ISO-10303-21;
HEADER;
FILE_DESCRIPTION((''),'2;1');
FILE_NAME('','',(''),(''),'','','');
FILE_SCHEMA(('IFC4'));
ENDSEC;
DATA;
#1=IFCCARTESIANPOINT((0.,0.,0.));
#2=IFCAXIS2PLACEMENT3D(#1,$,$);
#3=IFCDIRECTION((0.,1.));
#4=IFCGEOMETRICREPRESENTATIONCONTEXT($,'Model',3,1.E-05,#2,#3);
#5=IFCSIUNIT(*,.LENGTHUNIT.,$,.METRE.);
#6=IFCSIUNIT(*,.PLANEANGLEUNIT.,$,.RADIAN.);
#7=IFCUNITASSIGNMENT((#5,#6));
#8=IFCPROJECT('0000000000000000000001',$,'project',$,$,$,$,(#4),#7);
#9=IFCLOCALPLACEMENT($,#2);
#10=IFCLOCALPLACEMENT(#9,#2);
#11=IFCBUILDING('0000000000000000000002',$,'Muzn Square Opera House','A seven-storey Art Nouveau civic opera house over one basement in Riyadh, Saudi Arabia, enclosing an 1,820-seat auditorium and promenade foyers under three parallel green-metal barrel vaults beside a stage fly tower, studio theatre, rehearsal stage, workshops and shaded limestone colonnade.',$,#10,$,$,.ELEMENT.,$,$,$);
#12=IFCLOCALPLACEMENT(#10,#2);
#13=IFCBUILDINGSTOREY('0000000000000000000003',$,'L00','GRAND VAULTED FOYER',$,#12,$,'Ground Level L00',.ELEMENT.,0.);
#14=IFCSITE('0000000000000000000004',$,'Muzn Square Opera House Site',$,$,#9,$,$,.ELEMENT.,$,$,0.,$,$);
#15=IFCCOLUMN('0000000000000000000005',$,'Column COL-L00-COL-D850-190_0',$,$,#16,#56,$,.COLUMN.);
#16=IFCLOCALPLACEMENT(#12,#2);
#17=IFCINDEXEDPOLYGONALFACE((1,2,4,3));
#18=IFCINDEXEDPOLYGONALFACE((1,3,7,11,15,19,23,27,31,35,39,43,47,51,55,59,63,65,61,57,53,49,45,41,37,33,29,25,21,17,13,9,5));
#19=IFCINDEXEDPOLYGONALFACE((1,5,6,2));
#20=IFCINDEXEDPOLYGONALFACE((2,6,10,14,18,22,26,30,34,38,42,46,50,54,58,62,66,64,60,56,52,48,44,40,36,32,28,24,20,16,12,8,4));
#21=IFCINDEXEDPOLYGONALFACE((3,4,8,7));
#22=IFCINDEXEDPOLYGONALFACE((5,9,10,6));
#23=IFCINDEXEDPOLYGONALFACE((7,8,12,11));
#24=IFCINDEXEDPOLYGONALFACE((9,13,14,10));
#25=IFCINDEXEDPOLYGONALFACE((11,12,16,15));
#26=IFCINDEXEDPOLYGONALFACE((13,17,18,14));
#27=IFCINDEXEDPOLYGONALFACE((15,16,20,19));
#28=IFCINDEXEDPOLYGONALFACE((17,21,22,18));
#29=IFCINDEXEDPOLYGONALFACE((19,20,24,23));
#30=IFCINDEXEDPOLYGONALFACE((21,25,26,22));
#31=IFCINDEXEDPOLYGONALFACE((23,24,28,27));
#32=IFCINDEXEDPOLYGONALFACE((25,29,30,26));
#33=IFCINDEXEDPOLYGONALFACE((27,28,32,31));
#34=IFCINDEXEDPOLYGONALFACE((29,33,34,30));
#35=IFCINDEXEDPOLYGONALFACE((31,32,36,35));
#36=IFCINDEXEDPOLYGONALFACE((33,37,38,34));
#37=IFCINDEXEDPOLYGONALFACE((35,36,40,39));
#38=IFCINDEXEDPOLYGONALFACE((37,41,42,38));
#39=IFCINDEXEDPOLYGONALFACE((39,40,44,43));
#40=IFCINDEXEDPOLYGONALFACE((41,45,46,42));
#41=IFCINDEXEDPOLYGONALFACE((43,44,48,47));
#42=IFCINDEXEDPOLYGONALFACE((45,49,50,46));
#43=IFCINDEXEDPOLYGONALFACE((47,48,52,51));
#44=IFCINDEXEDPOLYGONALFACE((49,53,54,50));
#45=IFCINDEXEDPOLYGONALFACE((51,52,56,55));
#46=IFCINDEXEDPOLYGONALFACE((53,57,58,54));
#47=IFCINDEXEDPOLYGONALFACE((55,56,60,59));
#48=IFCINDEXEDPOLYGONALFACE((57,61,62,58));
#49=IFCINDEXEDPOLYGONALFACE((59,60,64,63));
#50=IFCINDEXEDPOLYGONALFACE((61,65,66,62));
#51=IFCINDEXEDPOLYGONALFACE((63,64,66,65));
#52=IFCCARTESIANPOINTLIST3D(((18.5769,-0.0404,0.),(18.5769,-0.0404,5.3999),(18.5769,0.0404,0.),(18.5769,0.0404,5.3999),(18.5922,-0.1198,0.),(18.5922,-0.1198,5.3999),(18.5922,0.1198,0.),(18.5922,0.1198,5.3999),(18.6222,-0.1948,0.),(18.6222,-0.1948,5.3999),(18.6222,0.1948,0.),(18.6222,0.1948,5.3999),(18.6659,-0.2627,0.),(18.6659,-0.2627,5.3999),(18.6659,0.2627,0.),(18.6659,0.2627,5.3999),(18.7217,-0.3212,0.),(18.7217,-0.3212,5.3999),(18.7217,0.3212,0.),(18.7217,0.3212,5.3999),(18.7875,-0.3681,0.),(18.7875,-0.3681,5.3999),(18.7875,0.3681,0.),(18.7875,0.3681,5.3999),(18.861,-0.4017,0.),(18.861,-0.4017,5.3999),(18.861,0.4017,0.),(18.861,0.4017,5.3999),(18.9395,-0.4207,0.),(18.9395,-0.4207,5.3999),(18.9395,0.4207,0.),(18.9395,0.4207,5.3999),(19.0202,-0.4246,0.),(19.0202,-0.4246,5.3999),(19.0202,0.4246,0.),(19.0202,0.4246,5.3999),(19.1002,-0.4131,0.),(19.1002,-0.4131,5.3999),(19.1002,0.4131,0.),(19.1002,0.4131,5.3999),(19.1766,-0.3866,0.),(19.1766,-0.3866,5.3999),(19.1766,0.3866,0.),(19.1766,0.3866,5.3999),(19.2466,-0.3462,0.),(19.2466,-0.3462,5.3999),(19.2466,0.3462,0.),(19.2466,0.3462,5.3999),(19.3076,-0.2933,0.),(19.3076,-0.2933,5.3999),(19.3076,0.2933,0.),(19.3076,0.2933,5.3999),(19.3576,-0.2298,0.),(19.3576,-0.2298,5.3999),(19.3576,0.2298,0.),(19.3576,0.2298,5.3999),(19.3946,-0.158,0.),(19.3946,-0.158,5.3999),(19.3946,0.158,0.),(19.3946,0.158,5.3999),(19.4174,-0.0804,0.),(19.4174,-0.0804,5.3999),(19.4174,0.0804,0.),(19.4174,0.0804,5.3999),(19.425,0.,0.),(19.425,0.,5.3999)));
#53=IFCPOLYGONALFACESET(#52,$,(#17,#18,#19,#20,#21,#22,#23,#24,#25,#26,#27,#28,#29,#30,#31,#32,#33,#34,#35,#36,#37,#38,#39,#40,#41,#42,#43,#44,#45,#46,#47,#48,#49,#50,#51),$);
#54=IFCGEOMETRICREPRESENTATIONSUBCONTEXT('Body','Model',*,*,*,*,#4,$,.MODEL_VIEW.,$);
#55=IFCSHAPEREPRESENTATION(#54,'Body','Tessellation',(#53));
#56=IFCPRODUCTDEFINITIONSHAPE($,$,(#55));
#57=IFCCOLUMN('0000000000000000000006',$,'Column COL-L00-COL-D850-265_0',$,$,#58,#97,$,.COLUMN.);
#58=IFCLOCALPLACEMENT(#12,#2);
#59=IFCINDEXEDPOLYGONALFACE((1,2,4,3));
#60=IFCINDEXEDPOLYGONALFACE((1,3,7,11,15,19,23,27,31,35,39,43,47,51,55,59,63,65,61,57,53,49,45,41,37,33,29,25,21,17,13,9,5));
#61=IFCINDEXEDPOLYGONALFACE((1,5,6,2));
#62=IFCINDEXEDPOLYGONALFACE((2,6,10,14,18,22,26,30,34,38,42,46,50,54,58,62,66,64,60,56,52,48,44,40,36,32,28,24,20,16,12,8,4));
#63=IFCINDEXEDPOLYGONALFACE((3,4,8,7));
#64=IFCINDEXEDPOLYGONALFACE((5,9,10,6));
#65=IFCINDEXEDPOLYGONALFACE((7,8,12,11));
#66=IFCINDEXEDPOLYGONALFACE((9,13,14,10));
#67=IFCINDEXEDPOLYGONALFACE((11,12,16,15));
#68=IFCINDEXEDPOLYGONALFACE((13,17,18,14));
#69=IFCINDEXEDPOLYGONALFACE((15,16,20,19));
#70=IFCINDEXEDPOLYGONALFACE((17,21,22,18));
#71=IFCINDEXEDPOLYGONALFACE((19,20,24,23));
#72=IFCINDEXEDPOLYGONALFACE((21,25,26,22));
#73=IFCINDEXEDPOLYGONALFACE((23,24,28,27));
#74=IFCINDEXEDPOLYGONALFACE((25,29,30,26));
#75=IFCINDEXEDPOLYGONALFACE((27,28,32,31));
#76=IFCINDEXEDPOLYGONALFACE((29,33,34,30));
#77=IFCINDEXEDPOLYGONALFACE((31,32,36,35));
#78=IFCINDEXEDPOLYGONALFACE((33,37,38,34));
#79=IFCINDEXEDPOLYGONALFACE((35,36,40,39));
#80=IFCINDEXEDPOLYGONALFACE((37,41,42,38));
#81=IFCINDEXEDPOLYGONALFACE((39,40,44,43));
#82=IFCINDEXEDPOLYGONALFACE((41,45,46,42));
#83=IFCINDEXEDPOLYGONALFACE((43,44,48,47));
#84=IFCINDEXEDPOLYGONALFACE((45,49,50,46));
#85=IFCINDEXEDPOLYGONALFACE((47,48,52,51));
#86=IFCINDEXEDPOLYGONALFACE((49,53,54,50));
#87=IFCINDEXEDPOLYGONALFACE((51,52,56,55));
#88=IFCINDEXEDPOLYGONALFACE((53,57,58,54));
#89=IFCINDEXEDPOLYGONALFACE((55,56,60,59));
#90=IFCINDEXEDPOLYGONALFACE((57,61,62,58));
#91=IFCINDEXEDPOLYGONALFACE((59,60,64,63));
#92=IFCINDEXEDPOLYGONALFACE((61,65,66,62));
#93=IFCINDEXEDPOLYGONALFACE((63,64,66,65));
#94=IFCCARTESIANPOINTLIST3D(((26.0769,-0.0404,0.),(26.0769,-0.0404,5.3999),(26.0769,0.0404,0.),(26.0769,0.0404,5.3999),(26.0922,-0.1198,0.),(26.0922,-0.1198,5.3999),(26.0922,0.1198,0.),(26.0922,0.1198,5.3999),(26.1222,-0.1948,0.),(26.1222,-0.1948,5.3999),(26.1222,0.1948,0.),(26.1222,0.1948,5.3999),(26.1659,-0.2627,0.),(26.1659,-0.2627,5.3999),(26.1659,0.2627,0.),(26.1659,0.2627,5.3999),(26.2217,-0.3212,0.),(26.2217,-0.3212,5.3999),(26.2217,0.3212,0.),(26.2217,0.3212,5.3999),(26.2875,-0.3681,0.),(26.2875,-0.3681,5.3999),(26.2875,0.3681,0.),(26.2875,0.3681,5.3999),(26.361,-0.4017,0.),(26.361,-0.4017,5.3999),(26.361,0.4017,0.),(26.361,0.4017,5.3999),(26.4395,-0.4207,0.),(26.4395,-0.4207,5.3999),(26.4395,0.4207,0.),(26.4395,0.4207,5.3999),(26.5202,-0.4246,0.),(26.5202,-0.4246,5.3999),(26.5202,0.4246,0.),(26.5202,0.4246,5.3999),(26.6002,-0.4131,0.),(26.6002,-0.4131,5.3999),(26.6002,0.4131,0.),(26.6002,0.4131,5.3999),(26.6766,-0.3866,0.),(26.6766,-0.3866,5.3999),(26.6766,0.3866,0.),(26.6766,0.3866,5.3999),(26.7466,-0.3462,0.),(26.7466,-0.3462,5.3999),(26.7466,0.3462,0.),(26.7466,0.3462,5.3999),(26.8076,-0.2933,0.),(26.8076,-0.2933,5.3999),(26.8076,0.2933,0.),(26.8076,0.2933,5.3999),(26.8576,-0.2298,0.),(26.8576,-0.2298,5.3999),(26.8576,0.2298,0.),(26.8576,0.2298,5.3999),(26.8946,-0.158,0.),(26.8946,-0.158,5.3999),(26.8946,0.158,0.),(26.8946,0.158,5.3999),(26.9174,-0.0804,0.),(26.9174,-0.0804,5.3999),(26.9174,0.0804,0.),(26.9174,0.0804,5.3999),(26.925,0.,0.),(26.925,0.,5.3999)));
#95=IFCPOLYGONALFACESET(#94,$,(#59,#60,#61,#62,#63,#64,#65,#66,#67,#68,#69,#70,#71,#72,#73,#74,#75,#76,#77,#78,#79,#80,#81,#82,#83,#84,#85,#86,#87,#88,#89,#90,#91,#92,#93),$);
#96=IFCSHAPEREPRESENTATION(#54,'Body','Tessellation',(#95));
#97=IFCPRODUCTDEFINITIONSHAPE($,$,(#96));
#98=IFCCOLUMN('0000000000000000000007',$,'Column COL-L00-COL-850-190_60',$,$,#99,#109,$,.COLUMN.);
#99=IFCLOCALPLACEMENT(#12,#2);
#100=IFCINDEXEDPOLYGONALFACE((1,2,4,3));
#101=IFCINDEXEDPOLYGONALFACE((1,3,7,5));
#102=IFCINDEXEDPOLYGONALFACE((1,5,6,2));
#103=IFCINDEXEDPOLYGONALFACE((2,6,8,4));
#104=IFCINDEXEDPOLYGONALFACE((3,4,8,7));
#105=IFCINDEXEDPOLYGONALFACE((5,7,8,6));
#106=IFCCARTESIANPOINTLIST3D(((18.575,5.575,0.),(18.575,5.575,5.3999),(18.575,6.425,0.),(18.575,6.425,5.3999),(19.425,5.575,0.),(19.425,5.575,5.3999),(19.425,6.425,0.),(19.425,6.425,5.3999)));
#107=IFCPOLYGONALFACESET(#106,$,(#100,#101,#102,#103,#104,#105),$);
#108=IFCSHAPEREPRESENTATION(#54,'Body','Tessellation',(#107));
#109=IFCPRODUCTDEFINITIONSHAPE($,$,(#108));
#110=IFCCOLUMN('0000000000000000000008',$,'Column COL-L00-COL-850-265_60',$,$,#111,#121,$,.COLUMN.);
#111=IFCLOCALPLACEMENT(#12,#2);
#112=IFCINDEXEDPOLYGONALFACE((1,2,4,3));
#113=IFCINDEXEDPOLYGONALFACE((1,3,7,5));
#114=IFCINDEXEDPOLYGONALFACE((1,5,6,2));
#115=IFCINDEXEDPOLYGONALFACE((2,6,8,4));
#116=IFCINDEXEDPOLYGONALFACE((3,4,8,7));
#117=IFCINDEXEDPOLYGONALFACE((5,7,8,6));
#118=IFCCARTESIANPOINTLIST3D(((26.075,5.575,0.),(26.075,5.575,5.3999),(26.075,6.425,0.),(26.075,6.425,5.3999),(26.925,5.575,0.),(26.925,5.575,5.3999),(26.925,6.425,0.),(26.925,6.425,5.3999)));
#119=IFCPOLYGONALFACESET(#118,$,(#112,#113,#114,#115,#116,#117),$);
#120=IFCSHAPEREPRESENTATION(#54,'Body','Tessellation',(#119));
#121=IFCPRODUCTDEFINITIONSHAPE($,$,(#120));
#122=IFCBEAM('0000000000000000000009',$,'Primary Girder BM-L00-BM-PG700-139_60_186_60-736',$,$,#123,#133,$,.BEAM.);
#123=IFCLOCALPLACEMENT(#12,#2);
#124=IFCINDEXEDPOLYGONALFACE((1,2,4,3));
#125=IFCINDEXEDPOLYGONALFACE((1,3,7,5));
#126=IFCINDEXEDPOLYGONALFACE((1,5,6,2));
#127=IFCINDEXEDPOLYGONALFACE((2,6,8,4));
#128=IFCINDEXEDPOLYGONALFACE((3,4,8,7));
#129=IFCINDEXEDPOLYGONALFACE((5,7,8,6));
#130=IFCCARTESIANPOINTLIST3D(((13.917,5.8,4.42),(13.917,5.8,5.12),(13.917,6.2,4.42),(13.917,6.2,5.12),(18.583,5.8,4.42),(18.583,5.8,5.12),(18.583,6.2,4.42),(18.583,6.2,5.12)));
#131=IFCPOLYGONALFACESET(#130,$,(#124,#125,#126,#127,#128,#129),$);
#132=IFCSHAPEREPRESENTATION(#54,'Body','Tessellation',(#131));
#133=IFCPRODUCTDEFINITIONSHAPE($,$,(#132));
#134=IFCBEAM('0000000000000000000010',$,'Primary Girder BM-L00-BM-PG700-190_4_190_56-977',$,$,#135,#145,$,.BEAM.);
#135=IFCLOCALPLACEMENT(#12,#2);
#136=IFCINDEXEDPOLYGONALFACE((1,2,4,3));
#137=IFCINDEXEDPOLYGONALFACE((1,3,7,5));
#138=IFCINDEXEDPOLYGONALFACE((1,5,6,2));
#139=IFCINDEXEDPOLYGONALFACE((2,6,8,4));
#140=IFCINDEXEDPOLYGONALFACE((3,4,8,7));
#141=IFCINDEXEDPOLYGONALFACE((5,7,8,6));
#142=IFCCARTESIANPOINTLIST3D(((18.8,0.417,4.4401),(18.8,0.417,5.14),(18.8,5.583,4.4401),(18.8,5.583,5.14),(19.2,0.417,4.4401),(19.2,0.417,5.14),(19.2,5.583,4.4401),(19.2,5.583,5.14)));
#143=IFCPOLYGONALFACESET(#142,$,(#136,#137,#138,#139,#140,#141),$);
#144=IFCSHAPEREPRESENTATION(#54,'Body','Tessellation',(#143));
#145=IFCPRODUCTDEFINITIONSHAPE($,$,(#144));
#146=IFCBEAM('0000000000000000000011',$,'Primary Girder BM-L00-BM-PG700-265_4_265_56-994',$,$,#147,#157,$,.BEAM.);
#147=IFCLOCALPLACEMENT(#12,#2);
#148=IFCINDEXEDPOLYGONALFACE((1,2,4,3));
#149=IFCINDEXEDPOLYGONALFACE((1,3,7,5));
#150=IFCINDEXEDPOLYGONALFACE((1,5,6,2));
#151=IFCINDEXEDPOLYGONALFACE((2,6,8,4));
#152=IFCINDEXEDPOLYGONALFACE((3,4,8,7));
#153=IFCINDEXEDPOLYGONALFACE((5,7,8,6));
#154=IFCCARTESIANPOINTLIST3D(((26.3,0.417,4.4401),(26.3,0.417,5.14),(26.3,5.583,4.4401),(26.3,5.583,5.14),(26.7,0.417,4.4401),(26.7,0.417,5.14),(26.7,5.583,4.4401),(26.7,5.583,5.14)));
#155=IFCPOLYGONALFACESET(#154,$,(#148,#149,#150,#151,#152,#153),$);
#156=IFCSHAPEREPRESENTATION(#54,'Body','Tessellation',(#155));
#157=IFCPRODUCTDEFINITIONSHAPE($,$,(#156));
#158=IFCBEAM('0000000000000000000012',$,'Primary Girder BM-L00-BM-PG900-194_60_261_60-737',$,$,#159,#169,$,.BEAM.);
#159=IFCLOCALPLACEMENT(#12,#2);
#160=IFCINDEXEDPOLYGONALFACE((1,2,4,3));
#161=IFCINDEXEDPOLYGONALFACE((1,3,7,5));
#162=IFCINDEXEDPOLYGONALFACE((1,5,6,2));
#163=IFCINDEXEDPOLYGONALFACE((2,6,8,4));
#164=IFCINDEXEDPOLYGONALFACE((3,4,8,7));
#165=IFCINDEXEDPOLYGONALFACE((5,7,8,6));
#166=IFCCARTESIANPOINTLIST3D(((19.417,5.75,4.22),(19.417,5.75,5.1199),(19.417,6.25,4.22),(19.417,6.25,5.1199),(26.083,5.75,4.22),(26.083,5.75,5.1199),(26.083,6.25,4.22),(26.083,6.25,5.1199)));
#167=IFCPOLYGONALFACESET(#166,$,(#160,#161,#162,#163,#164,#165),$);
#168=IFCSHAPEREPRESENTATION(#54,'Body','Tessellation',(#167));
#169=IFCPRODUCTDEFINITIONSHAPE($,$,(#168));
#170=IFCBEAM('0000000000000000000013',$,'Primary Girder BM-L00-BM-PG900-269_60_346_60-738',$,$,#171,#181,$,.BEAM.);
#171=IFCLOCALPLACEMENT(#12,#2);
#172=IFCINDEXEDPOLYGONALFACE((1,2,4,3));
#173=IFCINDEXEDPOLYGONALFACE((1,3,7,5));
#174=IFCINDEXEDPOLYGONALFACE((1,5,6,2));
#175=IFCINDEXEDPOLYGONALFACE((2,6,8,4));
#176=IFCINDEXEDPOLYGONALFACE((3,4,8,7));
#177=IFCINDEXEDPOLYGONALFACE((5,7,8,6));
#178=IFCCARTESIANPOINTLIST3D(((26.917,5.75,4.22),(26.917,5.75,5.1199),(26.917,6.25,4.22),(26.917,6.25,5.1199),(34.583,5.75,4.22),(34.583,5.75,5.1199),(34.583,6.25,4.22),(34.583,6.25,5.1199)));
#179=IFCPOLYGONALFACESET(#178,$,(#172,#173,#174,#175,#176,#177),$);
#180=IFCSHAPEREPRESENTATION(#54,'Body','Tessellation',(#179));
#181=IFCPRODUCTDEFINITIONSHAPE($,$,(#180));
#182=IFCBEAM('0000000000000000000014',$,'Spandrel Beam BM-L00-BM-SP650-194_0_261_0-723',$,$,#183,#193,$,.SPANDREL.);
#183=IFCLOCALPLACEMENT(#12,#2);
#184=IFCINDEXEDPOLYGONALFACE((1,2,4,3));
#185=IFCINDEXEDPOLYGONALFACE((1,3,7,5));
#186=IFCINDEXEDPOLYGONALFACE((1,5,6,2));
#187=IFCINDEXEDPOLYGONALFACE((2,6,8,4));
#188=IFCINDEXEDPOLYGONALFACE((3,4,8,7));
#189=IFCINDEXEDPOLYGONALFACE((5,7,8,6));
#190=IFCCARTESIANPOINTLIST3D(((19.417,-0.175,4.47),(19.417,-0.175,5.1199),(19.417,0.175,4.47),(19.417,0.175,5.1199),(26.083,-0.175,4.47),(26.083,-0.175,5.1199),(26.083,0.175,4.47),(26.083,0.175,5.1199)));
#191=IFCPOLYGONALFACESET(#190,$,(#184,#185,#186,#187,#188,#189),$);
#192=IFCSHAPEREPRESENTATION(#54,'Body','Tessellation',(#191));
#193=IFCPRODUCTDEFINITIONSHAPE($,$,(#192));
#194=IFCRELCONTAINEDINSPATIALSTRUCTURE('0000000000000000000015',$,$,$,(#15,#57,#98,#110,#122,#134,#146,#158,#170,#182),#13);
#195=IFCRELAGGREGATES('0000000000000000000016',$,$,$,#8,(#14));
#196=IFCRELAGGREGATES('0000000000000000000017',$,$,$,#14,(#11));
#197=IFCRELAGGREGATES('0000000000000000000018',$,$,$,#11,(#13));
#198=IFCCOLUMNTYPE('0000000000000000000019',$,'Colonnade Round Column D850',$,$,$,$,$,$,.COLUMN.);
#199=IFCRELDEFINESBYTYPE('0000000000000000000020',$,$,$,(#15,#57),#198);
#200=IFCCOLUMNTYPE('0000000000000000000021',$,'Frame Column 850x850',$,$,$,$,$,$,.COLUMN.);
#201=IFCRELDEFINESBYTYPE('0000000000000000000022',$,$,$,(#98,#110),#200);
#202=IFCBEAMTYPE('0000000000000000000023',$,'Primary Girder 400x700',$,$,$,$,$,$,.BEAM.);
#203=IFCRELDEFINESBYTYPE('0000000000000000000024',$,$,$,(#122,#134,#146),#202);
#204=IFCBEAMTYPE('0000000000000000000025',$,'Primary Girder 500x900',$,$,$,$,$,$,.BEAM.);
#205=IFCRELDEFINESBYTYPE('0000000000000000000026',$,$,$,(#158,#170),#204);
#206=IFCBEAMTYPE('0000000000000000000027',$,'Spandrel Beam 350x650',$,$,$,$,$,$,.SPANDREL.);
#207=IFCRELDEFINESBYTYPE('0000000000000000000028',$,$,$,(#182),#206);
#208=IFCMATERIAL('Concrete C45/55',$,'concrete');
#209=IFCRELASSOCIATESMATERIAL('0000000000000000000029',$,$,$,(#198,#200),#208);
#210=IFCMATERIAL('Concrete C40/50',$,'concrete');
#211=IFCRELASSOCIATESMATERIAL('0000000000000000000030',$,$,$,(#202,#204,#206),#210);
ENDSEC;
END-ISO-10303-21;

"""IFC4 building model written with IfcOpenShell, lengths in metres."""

from ifc_helpers import new_model, si_unit, direction, frame, origin, origin_2d, place, context, subcontext, project, spatial, rectangle, circle, extrude, material, material_profile, profile_set, type_object, element, save


model = new_model("IFC4")

# Units and contexts
model_context = context("Model", 3, precision=1e-05, world=origin(), true_north=direction((0.0, 1.0)))
body_context = subcontext(model_context, "Body", "Model", "MODEL_VIEW")
ifc_project = project(units=[si_unit("LENGTHUNIT", "METRE"), si_unit("PLANEANGLEUNIT", "RADIAN")], contexts=[model_context])

# Site, building, storey
site_placement = place(None, origin())
site = spatial("IfcSite", under=ifc_project, at=site_placement, Name="Muzn Square Opera House Site", CompositionType="ELEMENT", RefElevation=0.0)
building_placement = place(site_placement, origin())
building = spatial("IfcBuilding", under=site, at=building_placement, Name="Muzn Square Opera House", Description="A seven-storey Art Nouveau civic opera house over one basement in Riyadh, Saudi Arabia, enclosing an 1,820-seat auditorium and promenade foyers under three parallel green-metal barrel vaults beside a stage fly tower, studio theatre, rehearsal stage, workshops and shaded limestone colonnade.", CompositionType="ELEMENT")
storey_placement = place(building_placement, origin())
storey = spatial("IfcBuildingStorey", under=building, at=storey_placement, Name="L00", Description="GRAND VAULTED FOYER", LongName="Ground Level L00", CompositionType="ELEMENT", Elevation=0.0)

# Columns
ifc_material_1 = material(Name="Concrete C45/55", Category="concrete")
ifc_material_profile_1 = material_profile(ifc_material_1, circle(Radius=0.425, at=origin_2d()), Name="RCC D850", Category="concrete")
ifc_profile_set_1 = profile_set([ifc_material_profile_1], Name="Concrete C45/55")
column_type_1 = type_object("IfcColumnType", Name="Colonnade Round Column D850", PredefinedType="COLUMN", material=ifc_profile_set_1)
for number, where, z_axis, x_axis, name in (
    (1, (19.0, 0.0, 0.0), (0.0, 0.0, 1.0), (1.0, 0.0, 0.0), "Column COL-L00-COL-D850-190_0"),
    (2, (26.5, 0.0, 0.0), (0.0, 0.0, 1.0), (1.0, 0.0, 0.0), "Column COL-L00-COL-D850-265_0"),
):
    element("IfcColumn", number, at=place(storey_placement, frame(where, z_axis=z_axis, x_axis=x_axis)), inside=storey, type_object=column_type_1, Name=name, PredefinedType="COLUMN", context=body_context, shape_type="SweptSolid", body=[
        extrude(circle(Radius=0.425, at=origin_2d()), origin(), (0.0, 0.0, 1.0), 5.3999),
    ])
ifc_material_profile_2 = material_profile(ifc_material_1, rectangle(XDim=0.8501, YDim=0.8501, at=origin_2d()), Name="RC 850x850", Category="concrete")
ifc_profile_set_2 = profile_set([ifc_material_profile_2], Name="Concrete C45/55")
column_type_2 = type_object("IfcColumnType", Name="Frame Column 850x850", PredefinedType="COLUMN", material=ifc_profile_set_2)
for number, where, z_axis, x_axis, name in (
    (3, (19.0, 6.0, 0.0), (0.0, 0.0, 1.0), (1.0, 0.0, 0.0), "Column COL-L00-COL-850-190_60"),
    (4, (26.5, 6.0, 0.0), (0.0, 0.0, 1.0), (1.0, 0.0, 0.0), "Column COL-L00-COL-850-265_60"),
):
    element("IfcColumn", number, at=place(storey_placement, frame(where, z_axis=z_axis, x_axis=x_axis)), inside=storey, type_object=column_type_2, Name=name, PredefinedType="COLUMN", context=body_context, shape_type="SweptSolid", body=[
        extrude(rectangle(XDim=0.8501, YDim=0.8501, at=origin_2d()), origin(), (0.0, 0.0, 1.0), 5.3999),
    ])

# Beams
ifc_material_2 = material(Name="Concrete C40/50", Category="concrete")
ifc_material_profile_3 = material_profile(ifc_material_2, rectangle(XDim=0.3999, YDim=0.7, at=origin_2d()), Name="RCB 400x700", Category="concrete")
ifc_profile_set_3 = profile_set([ifc_material_profile_3], Name="Concrete C40/50")
beam_type_1 = type_object("IfcBeamType", Name="Primary Girder 400x700", PredefinedType="BEAM", material=ifc_profile_set_3)
beam_1_placement = place(storey_placement, frame((13.917, 6.0, 4.77), z_axis=(1.0, 0.0, 0.0), x_axis=(0.0, 1.0, 0.0)))
element("IfcBeam", 5, at=beam_1_placement, inside=storey, type_object=beam_type_1, Name="Primary Girder BM-L00-BM-PG700-139_60_186_60-736", PredefinedType="BEAM", context=body_context, shape_type="SweptSolid", body=[
    extrude(rectangle(XDim=0.3999, YDim=0.7, at=origin_2d()), origin(), (0.0, 0.0, 1.0), 4.666),
])
for number, where, z_axis, x_axis, name in (
    (6, (19.0, 0.417, 4.79), (0.0, 1.0, 0.0), (-1.0, 0.0, 0.0), "Primary Girder BM-L00-BM-PG700-190_4_190_56-977"),
    (7, (26.5, 0.417, 4.79), (0.0, 1.0, 0.0), (-1.0, 0.0, 0.0), "Primary Girder BM-L00-BM-PG700-265_4_265_56-994"),
):
    element("IfcBeam", number, at=place(storey_placement, frame(where, z_axis=z_axis, x_axis=x_axis)), inside=storey, type_object=beam_type_1, Name=name, PredefinedType="BEAM", context=body_context, shape_type="SweptSolid", body=[
        extrude(rectangle(XDim=0.3999, YDim=0.7, at=origin_2d()), origin(), (0.0, 0.0, 1.0), 5.166),
    ])
ifc_material_profile_4 = material_profile(ifc_material_2, rectangle(XDim=0.5, YDim=0.8999, at=origin_2d()), Name="RCB 500x900", Category="concrete")
ifc_profile_set_4 = profile_set([ifc_material_profile_4], Name="Concrete C40/50")
beam_type_2 = type_object("IfcBeamType", Name="Primary Girder 500x900", PredefinedType="BEAM", material=ifc_profile_set_4)
beam_2_placement = place(storey_placement, frame((19.417, 6.0, 4.6699), z_axis=(1.0, 0.0, 0.0), x_axis=(0.0, 1.0, 0.0)))
element("IfcBeam", 8, at=beam_2_placement, inside=storey, type_object=beam_type_2, Name="Primary Girder BM-L00-BM-PG900-194_60_261_60-737", PredefinedType="BEAM", context=body_context, shape_type="SweptSolid", body=[
    extrude(rectangle(XDim=0.5, YDim=0.8999, at=origin_2d()), origin(), (0.0, 0.0, 1.0), 6.666),
])
beam_3_placement = place(storey_placement, frame((26.917, 6.0, 4.6699), z_axis=(1.0, 0.0, 0.0), x_axis=(0.0, 1.0, 0.0)))
element("IfcBeam", 9, at=beam_3_placement, inside=storey, type_object=beam_type_2, Name="Primary Girder BM-L00-BM-PG900-269_60_346_60-738", PredefinedType="BEAM", context=body_context, shape_type="SweptSolid", body=[
    extrude(rectangle(XDim=0.5, YDim=0.8999, at=origin_2d()), origin(), (0.0, 0.0, 1.0), 7.666),
])
ifc_material_profile_5 = material_profile(ifc_material_2, rectangle(XDim=0.3501, YDim=0.6499, at=origin_2d()), Name="RCS 350x650", Category="concrete")
ifc_profile_set_5 = profile_set([ifc_material_profile_5], Name="Concrete C40/50")
beam_type_3 = type_object("IfcBeamType", Name="Spandrel Beam 350x650", PredefinedType="SPANDREL", material=ifc_profile_set_5)
beam_4_placement = place(storey_placement, frame((19.417, 0.0, 4.7949), z_axis=(1.0, 0.0, 0.0), x_axis=(0.0, 1.0, 0.0)))
element("IfcBeam", 10, at=beam_4_placement, inside=storey, type_object=beam_type_3, Name="Spandrel Beam BM-L00-BM-SP650-194_0_261_0-723", PredefinedType="SPANDREL", context=body_context, shape_type="SweptSolid", body=[
    extrude(rectangle(XDim=0.3501, YDim=0.6499, at=origin_2d()), origin(), (0.0, 0.0, 1.0), 6.666),
])

save(model, "model.ifc")
